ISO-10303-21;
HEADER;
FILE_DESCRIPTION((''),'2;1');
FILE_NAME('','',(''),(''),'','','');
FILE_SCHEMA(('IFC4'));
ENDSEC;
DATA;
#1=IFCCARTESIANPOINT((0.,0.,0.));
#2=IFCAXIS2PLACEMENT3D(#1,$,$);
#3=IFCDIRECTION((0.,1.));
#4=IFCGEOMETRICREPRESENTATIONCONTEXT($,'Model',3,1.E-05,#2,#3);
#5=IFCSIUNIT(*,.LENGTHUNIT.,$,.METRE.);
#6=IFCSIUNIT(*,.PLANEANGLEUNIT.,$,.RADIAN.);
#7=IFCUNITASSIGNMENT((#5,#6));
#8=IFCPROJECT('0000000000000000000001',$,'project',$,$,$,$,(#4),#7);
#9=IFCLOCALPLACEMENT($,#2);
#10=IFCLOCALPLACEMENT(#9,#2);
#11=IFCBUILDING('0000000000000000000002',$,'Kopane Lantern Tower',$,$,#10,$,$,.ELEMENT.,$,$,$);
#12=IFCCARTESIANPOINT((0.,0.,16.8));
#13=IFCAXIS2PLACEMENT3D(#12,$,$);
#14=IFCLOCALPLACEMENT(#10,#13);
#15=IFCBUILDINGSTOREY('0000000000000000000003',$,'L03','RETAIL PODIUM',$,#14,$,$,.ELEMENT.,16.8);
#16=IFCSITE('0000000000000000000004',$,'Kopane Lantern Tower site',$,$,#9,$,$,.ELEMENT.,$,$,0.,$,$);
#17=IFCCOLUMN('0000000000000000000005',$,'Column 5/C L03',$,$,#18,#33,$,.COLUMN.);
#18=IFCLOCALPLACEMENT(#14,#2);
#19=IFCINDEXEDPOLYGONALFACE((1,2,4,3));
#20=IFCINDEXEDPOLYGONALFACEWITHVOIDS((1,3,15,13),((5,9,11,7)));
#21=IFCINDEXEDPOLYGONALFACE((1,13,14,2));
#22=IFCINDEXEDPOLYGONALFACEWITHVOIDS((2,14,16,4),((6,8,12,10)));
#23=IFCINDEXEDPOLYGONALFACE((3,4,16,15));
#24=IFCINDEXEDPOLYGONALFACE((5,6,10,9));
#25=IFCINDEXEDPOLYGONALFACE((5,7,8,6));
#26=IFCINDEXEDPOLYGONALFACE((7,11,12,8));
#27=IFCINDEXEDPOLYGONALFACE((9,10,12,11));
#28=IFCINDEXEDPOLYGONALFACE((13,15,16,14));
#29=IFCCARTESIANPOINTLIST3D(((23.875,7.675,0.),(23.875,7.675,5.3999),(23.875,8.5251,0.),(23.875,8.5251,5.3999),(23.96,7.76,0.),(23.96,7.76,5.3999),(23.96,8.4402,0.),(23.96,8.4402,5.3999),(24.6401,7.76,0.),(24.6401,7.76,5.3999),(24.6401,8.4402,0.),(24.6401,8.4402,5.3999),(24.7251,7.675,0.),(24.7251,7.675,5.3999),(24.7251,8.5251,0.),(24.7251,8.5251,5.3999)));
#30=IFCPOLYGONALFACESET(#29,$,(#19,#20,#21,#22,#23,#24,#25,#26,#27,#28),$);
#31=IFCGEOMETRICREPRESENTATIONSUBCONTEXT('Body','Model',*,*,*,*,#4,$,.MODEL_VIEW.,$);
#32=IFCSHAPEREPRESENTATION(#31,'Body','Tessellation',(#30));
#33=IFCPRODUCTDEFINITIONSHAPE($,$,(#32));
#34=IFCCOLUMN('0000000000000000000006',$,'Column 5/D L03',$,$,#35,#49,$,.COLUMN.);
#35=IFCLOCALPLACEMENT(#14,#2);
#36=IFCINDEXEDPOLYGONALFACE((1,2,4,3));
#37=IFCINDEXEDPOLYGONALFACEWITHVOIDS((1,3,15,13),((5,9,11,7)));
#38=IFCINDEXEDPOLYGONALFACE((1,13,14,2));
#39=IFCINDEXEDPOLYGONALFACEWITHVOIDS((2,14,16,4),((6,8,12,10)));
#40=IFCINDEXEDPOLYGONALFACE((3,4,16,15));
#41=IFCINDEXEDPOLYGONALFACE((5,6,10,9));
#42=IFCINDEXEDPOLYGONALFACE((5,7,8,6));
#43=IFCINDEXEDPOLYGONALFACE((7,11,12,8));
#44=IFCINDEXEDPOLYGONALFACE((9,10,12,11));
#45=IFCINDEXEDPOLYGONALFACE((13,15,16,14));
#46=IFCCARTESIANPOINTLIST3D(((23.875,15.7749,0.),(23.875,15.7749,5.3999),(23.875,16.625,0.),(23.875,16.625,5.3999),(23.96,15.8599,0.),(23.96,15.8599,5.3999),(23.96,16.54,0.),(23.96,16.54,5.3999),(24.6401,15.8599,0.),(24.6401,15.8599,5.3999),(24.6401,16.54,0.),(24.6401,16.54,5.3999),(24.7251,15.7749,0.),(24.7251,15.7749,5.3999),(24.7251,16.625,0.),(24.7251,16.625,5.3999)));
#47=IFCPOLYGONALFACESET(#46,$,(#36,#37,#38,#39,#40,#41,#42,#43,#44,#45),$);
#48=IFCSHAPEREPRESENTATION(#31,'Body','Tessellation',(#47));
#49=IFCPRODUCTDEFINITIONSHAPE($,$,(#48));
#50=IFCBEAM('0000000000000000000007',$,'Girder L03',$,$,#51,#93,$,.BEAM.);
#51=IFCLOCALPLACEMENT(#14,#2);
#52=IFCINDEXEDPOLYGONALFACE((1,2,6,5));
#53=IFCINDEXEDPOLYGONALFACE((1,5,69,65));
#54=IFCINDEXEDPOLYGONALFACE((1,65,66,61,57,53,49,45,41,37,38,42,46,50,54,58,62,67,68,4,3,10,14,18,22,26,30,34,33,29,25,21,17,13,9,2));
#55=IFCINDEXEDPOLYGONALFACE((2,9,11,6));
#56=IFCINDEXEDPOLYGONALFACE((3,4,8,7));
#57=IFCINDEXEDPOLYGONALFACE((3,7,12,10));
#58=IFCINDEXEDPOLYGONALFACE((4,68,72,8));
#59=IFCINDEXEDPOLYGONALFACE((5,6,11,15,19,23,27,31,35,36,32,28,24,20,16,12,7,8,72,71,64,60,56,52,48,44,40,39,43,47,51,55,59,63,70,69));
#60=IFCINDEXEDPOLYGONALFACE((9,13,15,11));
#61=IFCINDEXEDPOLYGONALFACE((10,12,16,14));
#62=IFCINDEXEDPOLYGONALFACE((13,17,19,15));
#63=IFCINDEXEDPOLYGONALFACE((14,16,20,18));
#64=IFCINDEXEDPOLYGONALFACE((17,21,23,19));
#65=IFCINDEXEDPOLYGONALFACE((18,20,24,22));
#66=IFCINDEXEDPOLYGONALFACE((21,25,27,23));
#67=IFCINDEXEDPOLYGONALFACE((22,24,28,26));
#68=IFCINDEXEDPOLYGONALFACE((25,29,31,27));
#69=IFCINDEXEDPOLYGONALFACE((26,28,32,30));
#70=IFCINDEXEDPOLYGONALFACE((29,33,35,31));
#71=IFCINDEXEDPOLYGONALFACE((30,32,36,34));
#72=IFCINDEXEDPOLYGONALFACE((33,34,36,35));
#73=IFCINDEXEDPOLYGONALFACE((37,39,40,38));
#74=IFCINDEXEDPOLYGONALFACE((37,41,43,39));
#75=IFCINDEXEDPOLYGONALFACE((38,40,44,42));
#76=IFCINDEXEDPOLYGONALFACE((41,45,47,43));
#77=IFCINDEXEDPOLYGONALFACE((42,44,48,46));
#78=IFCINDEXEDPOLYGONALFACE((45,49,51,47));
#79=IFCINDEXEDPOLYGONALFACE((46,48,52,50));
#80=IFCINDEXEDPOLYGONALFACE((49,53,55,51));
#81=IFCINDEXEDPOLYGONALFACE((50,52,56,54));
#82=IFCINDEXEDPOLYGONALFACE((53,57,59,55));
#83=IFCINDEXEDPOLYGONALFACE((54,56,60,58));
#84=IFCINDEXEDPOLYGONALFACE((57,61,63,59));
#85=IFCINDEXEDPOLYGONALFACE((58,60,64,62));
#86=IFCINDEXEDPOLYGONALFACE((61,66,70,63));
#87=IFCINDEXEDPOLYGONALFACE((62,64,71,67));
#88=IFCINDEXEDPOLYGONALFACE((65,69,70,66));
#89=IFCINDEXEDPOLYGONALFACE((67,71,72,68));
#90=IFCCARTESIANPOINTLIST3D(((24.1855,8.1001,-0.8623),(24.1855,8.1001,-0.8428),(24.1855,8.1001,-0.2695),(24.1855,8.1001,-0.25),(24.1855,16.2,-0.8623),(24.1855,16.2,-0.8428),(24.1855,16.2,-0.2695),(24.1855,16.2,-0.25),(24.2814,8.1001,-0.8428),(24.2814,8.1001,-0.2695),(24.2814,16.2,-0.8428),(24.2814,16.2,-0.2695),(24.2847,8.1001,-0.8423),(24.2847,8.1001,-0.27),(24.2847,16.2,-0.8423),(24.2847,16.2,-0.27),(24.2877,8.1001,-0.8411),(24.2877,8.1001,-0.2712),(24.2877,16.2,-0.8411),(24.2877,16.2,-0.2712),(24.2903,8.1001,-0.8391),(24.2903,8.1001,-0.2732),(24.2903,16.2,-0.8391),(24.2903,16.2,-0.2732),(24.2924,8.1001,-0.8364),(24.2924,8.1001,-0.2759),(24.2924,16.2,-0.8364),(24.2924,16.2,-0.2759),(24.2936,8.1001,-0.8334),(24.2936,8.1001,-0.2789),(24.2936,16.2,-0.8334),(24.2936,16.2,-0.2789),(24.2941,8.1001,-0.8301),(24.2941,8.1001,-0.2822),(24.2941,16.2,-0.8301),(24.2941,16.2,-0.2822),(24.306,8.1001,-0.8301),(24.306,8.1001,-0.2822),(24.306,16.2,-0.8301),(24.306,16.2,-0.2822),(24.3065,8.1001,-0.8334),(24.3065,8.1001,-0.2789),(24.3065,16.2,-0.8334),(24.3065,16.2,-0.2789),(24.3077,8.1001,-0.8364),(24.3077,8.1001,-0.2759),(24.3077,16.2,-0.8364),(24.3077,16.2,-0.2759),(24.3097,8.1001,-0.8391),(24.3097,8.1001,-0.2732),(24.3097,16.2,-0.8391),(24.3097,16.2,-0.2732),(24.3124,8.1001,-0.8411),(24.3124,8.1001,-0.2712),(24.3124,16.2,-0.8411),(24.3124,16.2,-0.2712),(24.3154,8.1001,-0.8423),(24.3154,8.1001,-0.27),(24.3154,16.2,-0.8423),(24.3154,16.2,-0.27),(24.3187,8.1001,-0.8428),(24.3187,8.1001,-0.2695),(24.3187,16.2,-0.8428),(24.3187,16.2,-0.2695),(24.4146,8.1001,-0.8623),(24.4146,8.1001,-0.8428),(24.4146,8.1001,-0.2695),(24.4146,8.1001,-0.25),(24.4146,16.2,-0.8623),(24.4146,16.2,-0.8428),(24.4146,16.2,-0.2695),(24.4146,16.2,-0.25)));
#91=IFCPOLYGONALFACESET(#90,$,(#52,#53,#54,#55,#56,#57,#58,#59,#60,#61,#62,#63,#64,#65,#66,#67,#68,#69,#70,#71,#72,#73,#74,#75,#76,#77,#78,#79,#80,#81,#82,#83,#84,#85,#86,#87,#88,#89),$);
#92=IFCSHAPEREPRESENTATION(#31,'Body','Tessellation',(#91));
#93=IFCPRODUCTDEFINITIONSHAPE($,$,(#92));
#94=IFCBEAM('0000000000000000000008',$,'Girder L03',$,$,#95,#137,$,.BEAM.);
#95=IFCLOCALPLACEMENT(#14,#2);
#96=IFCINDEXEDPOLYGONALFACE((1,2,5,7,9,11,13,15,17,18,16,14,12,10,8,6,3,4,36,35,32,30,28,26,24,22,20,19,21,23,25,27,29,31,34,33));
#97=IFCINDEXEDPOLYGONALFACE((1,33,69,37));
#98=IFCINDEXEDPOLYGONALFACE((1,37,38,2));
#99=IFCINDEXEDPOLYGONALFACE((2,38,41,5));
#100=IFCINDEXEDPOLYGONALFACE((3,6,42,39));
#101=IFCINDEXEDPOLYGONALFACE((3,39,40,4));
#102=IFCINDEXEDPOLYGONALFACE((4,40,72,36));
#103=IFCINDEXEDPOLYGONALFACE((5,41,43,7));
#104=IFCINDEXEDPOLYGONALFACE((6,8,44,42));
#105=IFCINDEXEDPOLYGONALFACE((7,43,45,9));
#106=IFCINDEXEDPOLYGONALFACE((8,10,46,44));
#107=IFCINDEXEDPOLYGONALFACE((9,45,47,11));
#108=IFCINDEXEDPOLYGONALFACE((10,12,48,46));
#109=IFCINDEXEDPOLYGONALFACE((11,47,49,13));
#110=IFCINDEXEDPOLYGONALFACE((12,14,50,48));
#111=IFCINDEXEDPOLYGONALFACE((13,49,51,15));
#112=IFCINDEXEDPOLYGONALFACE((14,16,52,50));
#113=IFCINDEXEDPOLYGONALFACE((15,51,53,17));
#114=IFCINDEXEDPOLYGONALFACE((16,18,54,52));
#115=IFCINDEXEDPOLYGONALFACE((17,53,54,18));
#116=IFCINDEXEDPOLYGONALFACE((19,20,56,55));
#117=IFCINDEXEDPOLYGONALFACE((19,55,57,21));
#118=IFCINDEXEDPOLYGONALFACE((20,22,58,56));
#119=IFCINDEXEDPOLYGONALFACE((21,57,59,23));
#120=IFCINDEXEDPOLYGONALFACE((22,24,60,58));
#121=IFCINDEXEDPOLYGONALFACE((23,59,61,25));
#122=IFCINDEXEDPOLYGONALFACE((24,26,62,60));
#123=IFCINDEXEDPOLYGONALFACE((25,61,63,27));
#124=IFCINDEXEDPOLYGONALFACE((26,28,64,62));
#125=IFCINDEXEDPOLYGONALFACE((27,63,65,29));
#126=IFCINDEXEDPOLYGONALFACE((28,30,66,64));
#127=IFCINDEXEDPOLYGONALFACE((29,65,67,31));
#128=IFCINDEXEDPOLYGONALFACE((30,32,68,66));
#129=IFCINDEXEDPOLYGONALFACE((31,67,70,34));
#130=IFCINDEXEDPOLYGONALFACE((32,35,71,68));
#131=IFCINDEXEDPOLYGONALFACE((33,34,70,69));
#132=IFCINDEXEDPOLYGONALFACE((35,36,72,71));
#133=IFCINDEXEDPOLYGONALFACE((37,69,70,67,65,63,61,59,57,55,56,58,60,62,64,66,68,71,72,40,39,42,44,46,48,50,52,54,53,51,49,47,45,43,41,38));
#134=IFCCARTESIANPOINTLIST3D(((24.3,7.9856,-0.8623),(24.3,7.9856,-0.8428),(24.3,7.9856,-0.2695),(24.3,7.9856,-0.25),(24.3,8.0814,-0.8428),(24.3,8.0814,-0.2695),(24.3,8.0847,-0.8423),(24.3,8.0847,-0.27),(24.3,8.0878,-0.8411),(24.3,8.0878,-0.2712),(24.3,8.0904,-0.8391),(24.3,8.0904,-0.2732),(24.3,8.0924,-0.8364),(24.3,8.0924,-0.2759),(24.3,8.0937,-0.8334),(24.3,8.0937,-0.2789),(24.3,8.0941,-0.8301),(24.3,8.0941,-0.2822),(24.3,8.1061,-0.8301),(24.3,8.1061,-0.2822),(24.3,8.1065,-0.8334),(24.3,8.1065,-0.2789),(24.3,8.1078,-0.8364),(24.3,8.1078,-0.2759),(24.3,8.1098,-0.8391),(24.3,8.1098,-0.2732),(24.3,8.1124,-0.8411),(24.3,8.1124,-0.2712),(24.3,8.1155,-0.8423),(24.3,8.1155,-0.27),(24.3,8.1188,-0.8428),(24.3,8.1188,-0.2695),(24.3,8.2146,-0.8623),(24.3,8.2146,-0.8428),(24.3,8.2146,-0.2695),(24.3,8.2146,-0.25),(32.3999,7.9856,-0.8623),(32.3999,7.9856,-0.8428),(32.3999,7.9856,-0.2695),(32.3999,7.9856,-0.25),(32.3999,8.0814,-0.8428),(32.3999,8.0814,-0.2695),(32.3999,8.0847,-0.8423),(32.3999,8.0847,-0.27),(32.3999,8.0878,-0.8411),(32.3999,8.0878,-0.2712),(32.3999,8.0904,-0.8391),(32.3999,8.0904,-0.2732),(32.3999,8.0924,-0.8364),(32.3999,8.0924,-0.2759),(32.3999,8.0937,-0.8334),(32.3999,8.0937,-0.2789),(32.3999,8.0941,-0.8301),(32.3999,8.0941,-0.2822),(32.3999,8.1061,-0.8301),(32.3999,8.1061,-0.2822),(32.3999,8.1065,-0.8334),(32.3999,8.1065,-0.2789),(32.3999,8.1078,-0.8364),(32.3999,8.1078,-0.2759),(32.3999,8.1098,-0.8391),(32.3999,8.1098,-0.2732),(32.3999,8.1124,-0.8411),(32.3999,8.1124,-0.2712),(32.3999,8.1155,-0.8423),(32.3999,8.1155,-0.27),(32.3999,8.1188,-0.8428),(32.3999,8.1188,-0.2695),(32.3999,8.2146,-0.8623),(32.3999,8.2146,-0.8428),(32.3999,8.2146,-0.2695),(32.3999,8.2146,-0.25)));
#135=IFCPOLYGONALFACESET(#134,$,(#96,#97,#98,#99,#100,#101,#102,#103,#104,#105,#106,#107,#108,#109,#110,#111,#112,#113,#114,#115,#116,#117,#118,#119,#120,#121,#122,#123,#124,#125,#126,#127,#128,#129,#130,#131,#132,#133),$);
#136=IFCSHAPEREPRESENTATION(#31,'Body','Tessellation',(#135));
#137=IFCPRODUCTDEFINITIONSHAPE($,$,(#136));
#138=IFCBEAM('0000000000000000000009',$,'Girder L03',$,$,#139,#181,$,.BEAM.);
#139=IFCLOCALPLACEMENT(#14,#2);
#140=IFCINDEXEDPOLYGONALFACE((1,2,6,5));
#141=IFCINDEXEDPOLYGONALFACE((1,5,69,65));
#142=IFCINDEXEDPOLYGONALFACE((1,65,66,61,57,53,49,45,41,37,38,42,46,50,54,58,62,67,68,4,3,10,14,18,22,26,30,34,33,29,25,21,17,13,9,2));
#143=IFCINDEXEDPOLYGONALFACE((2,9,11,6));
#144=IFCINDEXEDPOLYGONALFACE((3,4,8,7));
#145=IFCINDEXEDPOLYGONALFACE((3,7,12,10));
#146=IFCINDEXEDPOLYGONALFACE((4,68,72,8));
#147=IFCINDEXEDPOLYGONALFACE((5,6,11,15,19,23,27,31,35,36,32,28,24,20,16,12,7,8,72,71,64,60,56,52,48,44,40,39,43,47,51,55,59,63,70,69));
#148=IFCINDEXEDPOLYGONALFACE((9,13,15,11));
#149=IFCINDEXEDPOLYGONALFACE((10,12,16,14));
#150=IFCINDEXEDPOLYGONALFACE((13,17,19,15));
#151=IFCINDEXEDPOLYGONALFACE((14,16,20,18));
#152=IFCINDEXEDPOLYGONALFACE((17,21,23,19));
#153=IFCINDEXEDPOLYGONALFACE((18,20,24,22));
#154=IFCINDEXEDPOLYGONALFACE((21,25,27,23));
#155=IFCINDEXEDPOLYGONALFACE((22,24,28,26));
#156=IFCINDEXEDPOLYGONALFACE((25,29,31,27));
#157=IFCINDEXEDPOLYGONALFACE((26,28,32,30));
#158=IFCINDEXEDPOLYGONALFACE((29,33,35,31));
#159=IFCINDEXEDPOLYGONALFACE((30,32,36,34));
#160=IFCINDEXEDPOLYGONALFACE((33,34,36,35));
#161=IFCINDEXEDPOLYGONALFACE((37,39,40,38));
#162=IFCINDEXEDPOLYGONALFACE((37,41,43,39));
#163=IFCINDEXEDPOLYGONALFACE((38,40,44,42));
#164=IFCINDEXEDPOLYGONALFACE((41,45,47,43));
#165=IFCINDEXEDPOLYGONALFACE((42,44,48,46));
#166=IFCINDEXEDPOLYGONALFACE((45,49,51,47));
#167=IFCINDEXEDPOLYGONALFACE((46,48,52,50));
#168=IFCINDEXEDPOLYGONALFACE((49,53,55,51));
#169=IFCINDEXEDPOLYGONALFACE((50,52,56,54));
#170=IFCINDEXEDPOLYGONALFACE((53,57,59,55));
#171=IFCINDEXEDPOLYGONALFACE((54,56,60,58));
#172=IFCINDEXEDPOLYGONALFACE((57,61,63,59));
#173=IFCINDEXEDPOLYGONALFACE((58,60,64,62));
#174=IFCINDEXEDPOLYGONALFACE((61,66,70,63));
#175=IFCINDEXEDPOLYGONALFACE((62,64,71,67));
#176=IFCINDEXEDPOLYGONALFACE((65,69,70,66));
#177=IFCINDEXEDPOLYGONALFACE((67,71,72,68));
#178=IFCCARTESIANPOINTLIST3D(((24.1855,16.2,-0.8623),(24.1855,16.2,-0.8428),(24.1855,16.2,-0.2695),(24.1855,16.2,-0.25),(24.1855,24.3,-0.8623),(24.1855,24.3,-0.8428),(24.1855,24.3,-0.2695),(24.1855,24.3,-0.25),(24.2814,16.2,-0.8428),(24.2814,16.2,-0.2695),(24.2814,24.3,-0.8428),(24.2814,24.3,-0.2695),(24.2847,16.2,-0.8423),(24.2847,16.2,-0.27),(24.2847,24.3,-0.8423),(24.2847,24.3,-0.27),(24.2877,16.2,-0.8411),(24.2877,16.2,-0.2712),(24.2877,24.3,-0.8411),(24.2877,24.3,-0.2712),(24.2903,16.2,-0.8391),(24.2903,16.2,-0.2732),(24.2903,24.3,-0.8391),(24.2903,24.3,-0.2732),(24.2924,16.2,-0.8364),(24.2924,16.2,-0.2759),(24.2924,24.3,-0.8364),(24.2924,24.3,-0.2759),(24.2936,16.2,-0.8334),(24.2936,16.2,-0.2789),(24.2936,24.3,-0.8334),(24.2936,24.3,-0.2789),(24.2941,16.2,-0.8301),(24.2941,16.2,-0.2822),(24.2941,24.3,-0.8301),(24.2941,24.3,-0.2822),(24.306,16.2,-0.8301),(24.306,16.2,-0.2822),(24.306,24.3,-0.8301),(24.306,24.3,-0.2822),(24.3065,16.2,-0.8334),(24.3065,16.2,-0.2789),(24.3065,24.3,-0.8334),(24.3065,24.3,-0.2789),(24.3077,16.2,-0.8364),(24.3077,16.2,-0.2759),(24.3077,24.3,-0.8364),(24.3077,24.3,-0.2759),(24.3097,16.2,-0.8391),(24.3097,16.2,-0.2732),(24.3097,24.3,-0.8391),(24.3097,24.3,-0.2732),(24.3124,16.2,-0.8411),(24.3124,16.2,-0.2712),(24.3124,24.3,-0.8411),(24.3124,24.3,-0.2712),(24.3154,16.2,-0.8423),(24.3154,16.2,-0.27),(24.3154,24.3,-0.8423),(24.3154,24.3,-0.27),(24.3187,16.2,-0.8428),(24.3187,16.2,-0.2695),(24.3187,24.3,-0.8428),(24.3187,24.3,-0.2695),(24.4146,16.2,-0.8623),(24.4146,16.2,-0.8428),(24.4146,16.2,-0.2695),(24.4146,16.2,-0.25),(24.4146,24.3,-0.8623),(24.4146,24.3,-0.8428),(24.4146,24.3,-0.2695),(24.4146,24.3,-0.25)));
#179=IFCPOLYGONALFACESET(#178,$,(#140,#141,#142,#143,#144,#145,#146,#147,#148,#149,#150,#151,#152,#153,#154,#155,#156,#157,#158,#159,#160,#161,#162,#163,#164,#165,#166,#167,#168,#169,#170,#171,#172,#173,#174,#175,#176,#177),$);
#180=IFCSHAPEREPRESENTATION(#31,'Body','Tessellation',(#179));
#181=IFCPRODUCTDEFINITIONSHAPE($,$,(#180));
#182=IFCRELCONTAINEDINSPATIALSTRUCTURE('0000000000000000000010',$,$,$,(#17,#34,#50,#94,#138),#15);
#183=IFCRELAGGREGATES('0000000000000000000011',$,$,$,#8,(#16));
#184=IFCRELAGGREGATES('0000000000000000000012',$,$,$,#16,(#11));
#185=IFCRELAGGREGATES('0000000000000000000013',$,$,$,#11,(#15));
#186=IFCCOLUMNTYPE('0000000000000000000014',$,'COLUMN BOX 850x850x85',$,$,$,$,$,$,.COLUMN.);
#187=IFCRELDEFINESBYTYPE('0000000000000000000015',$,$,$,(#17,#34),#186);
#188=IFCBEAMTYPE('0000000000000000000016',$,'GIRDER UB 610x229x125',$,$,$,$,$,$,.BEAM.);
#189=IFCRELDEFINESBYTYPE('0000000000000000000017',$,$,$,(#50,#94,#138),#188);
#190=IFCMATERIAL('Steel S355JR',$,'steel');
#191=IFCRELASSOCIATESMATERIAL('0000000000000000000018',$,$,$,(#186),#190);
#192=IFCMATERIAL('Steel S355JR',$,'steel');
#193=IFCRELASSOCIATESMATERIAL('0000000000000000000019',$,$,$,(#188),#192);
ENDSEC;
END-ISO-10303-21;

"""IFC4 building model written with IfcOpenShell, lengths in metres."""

from ifc_helpers import new_model, si_unit, direction, frame, origin, origin_2d, place, context, subcontext, project, spatial, hollow_rectangle, i_section, extrude, material, material_profile, profile_set, type_object, element, save


model = new_model("IFC4")

# Units and contexts
model_context = context("Model", 3, precision=1e-05, world=origin(), true_north=direction((0.0, 1.0)))
body_context = subcontext(model_context, "Body", "Model", "MODEL_VIEW")
ifc_project = project(units=[si_unit("LENGTHUNIT", "METRE"), si_unit("PLANEANGLEUNIT", "RADIAN")], contexts=[model_context])

# Site, building, storey
site_placement = place(None, origin())
site = spatial("IfcSite", under=ifc_project, at=site_placement, Name="Kopane Lantern Tower site", CompositionType="ELEMENT", RefElevation=0.0)
building_placement = place(site_placement, origin())
building = spatial("IfcBuilding", under=site, at=building_placement, Name="Kopane Lantern Tower", CompositionType="ELEMENT")
storey_placement = place(building_placement, frame((0.0, 0.0, 16.8)))
storey = spatial("IfcBuildingStorey", under=building, at=storey_placement, Name="L03", Description="RETAIL PODIUM", CompositionType="ELEMENT", Elevation=16.8)

# Columns
ifc_material_1 = material(Name="Steel S355JR", Category="steel")
ifc_material_profile_1 = material_profile(ifc_material_1, hollow_rectangle(XDim=0.8501, YDim=0.8501, WallThickness=0.085, at=origin_2d()), Name="BOX 850x850x85")
ifc_profile_set_1 = profile_set([ifc_material_profile_1], Name="Steel S355JR")
column_type = type_object("IfcColumnType", Name="COLUMN BOX 850x850x85", PredefinedType="COLUMN", material=ifc_profile_set_1)
for number, where, z_axis, x_axis, name in (
    (1, (24.3, 8.1001, 0.0), (0.0, 0.0, 1.0), (1.0, 0.0, 0.0), "Column 5/C L03"),
    (2, (24.3, 16.2, 0.0), (0.0, 0.0, 1.0), (1.0, 0.0, 0.0), "Column 5/D L03"),
):
    element("IfcColumn", number, at=place(storey_placement, frame(where, z_axis=z_axis, x_axis=x_axis)), inside=storey, type_object=column_type, Name=name, PredefinedType="COLUMN", context=body_context, shape_type="SweptSolid", body=[
        extrude(hollow_rectangle(XDim=0.8501, YDim=0.8501, WallThickness=0.085, at=origin_2d()), origin(), (0.0, 0.0, 1.0), 5.3999),
    ])

# Beams
ifc_material_2 = material(Name="Steel S355JR", Category="steel")
ifc_material_profile_2 = material_profile(ifc_material_2, i_section(OverallWidth=0.229, OverallDepth=0.6123, WebThickness=0.012, FlangeThickness=0.0195, FilletRadius=0.0127, at=origin_2d()), Name="UB 610x229x125")
ifc_profile_set_2 = profile_set([ifc_material_profile_2], Name="Steel S355JR")
beam_type = type_object("IfcBeamType", Name="GIRDER UB 610x229x125", PredefinedType="BEAM", material=ifc_profile_set_2)
for number, where, z_axis, x_axis, name in (
    (3, (24.3, 8.1001, -0.5562), (0.0, 1.0, 0.0), (-1.0, 0.0, 0.0), "Girder L03"),
    (4, (24.3, 8.1001, -0.5562), (1.0, 0.0, 0.0), (0.0, 1.0, 0.0), "Girder L03"),
):
    element("IfcBeam", number, at=place(storey_placement, frame(where, z_axis=z_axis, x_axis=x_axis)), inside=storey, type_object=beam_type, Name=name, PredefinedType="BEAM", context=body_context, shape_type="SweptSolid", body=[
        extrude(i_section(OverallWidth=0.229, OverallDepth=0.6123, WebThickness=0.012, FlangeThickness=0.0195, FilletRadius=0.0127, at=origin_2d()), origin(), (0.0, 0.0, 1.0), 8.0999),
    ])
beam_1_placement = place(storey_placement, frame((24.3, 16.2, -0.5562), z_axis=(0.0, 1.0, 0.0), x_axis=(-1.0, 0.0, 0.0)))
element("IfcBeam", 5, at=beam_1_placement, inside=storey, type_object=beam_type, Name="Girder L03", PredefinedType="BEAM", context=body_context, shape_type="SweptSolid", body=[
    extrude(i_section(OverallWidth=0.229, OverallDepth=0.6123, WebThickness=0.012, FlangeThickness=0.0195, FilletRadius=0.0127, at=origin_2d()), origin(), (0.0, 0.0, 1.0), 8.1001),
])

save(model, "model.ifc")
